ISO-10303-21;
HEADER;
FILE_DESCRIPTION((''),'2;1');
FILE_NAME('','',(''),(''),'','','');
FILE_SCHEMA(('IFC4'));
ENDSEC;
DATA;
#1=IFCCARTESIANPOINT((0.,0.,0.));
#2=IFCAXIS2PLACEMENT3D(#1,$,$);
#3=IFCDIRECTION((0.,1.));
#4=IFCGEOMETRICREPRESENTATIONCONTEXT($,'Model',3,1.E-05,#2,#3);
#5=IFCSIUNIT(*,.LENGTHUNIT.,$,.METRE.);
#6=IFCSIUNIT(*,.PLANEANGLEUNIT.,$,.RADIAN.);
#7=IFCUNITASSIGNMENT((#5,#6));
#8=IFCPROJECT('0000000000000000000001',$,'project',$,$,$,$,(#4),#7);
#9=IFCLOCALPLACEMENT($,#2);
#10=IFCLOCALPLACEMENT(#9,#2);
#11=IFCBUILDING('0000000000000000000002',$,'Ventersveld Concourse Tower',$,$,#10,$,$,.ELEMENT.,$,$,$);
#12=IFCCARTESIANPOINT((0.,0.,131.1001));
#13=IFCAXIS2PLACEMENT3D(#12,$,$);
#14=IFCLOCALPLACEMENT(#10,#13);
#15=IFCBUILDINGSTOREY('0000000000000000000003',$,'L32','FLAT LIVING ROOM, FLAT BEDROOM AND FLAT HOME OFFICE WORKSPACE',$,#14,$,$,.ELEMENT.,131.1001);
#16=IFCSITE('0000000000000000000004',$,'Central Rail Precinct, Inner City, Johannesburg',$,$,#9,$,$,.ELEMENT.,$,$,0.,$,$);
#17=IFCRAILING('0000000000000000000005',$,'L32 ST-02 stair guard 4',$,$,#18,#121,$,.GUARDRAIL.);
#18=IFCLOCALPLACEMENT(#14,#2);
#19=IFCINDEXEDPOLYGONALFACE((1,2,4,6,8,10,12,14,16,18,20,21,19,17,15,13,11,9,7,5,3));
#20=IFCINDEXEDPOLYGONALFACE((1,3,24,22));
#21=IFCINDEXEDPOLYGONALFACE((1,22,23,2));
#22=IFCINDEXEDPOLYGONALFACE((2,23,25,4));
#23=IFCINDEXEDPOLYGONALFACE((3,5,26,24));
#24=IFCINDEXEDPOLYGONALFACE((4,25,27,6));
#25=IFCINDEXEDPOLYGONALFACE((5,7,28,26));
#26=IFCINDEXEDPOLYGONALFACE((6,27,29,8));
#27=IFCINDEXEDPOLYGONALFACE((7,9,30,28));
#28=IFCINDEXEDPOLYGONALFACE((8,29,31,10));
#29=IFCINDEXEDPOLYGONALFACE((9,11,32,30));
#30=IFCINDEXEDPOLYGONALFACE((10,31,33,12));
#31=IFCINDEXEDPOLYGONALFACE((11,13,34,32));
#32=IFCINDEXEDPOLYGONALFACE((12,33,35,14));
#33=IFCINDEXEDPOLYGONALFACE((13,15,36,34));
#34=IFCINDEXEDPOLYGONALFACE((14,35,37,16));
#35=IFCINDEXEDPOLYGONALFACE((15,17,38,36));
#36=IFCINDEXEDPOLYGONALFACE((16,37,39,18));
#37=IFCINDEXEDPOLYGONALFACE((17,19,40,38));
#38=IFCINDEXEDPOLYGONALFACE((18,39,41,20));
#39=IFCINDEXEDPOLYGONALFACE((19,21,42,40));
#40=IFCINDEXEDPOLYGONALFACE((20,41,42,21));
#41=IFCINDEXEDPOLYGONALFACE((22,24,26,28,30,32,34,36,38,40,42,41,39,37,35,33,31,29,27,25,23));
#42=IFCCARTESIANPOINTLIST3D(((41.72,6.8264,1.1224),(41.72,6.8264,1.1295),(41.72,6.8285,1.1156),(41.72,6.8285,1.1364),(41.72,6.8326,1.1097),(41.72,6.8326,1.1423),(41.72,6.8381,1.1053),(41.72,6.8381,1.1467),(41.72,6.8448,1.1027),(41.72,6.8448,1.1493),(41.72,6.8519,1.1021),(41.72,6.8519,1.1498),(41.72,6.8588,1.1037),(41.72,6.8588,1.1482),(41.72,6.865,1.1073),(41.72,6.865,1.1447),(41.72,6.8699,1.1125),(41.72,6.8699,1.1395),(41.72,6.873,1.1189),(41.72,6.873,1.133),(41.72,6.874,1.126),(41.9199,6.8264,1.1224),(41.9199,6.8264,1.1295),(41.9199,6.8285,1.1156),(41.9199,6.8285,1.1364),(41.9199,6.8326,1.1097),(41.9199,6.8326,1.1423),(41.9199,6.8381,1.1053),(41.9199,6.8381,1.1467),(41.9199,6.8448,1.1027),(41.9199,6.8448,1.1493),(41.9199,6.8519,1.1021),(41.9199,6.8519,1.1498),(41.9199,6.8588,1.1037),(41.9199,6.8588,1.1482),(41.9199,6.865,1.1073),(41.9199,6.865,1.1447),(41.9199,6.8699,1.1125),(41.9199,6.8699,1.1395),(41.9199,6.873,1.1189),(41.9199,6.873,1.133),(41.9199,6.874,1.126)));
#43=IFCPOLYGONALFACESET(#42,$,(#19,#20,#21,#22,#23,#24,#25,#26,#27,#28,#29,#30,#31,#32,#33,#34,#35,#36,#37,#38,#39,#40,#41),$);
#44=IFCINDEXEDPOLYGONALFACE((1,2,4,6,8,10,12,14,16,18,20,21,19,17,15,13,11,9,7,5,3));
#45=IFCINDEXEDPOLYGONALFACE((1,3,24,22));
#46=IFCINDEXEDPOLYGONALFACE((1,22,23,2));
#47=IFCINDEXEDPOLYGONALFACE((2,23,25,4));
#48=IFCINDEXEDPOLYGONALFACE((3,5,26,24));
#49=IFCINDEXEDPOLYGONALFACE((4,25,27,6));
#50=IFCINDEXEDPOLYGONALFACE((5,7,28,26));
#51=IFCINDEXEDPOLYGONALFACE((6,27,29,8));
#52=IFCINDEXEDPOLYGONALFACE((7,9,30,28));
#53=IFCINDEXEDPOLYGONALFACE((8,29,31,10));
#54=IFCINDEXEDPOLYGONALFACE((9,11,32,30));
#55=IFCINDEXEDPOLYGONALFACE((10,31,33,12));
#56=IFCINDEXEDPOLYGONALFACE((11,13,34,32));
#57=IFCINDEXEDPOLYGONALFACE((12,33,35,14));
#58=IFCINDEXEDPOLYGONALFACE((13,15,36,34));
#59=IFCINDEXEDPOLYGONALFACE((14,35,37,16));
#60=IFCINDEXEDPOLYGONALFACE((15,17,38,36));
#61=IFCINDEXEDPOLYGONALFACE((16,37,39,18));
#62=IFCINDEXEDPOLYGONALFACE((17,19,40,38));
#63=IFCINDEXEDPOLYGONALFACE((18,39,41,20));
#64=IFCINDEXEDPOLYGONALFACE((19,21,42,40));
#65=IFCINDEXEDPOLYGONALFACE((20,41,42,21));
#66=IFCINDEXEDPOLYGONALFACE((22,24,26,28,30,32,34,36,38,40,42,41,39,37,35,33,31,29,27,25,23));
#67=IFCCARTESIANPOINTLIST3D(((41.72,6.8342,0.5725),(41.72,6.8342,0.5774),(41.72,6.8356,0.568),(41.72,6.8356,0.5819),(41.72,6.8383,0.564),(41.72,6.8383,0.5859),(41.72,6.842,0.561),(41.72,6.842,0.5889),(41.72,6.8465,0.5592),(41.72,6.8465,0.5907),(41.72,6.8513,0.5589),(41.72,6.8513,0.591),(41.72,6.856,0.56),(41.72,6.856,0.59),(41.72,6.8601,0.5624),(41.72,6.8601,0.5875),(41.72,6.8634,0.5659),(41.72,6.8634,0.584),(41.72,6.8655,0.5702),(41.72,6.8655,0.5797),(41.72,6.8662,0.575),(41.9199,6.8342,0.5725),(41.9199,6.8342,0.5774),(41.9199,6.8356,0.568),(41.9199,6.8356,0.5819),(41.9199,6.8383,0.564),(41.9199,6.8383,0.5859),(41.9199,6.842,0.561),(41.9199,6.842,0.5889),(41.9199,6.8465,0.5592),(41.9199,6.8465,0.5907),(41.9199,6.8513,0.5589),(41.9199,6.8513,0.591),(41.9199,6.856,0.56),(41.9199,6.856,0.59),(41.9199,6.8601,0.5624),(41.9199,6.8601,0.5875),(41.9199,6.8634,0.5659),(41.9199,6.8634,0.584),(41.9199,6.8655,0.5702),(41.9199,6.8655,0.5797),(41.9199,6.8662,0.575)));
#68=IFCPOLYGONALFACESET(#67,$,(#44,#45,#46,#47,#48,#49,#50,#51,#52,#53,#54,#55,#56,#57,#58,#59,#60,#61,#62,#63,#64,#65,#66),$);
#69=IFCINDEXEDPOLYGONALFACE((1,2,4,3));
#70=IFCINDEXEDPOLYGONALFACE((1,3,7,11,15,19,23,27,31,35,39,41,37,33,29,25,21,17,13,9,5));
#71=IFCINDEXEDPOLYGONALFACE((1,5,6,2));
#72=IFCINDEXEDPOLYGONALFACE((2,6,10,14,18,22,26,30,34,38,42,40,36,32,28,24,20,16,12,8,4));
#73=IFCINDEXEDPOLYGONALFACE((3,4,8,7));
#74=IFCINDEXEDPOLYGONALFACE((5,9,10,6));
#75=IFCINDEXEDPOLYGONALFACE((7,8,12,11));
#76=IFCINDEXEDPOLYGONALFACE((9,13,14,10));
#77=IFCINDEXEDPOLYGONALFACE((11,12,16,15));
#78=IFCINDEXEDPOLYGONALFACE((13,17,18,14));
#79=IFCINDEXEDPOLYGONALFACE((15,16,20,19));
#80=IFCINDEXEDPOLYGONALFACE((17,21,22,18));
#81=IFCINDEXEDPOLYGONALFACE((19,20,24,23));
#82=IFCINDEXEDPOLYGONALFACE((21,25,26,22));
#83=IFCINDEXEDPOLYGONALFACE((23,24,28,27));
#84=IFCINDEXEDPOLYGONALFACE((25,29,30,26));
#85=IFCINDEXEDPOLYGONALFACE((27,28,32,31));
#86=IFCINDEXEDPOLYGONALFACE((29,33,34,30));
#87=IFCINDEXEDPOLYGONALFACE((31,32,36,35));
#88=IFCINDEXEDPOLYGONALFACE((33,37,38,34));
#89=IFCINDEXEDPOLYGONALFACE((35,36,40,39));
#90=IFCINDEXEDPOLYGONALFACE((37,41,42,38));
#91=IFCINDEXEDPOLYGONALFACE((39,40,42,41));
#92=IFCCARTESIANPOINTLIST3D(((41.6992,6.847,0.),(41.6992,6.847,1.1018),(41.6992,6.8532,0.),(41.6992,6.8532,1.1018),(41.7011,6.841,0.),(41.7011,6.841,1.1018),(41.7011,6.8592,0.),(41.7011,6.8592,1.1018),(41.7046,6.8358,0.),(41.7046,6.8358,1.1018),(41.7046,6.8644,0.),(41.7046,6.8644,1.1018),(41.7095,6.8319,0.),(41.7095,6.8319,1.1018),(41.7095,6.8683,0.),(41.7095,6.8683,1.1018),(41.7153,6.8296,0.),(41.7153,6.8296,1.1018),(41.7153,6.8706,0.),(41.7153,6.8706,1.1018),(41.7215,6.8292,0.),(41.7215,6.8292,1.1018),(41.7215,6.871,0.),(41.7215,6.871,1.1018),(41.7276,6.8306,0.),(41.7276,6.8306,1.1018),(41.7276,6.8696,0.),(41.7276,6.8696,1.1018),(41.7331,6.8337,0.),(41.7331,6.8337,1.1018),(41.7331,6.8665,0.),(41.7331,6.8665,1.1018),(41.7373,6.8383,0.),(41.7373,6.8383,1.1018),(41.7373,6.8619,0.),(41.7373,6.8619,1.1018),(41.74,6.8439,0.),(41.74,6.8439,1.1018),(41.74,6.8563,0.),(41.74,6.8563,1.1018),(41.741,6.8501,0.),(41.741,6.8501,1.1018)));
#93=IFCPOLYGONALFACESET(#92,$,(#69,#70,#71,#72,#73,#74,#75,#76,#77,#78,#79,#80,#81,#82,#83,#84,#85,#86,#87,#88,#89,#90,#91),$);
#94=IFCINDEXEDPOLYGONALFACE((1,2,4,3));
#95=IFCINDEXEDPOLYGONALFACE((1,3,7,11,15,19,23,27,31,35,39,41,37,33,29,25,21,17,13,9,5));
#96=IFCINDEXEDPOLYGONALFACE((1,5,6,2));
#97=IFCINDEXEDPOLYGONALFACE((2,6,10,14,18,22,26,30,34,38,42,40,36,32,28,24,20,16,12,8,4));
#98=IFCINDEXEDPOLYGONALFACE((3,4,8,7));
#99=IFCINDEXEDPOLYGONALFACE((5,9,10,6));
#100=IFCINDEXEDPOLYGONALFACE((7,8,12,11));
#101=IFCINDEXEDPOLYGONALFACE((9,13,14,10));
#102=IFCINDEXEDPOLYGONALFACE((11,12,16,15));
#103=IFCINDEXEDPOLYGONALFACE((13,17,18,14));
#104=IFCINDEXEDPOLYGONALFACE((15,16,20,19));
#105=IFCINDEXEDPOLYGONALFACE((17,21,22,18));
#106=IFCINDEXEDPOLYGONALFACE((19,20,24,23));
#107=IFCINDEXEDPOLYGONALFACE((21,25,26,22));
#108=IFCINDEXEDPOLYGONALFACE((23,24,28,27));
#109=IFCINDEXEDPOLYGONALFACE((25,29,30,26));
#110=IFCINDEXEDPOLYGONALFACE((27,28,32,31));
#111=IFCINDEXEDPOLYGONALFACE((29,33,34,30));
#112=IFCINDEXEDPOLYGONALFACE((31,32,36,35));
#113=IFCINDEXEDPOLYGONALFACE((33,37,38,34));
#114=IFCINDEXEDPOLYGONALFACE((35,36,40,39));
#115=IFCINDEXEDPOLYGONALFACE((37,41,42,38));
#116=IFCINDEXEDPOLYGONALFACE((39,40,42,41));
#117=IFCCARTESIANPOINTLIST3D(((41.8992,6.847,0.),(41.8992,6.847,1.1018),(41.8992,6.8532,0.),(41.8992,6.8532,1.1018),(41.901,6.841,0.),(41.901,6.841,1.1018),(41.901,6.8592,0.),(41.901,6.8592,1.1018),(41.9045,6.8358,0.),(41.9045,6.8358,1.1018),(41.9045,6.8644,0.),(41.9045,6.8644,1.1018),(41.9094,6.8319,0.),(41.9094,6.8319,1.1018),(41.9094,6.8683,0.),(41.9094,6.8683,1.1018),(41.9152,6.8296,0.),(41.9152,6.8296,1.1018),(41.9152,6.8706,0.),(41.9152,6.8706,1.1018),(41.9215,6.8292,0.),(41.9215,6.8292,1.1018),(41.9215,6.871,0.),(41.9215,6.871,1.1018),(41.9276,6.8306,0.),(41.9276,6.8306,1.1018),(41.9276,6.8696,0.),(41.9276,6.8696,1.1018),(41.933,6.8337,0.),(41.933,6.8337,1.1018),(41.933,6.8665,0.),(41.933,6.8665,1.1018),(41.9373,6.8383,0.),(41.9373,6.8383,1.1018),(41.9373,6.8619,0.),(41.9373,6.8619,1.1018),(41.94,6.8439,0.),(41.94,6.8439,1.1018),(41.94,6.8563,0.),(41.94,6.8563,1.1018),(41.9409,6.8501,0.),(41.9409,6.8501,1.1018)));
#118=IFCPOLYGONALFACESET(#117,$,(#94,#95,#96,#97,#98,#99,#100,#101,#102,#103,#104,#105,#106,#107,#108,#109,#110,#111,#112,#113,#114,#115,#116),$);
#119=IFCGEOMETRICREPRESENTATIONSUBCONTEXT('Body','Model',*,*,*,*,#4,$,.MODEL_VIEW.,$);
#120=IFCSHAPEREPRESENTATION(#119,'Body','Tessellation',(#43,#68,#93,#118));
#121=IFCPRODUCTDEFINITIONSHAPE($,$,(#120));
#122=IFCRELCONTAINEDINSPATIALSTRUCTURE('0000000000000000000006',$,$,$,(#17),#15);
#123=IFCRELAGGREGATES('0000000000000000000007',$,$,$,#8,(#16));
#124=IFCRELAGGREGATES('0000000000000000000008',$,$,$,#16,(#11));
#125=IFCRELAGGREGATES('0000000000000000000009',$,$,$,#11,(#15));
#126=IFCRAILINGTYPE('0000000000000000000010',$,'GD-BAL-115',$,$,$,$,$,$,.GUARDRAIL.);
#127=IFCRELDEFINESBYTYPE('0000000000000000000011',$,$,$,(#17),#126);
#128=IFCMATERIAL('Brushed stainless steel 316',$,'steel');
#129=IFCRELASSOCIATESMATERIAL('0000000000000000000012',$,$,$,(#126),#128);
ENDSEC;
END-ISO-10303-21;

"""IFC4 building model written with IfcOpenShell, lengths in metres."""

from ifc_helpers import new_model, si_unit, direction, frame, origin, origin_2d, place, context, subcontext, project, spatial, circle, extrude, material, type_object, element, save


model = new_model("IFC4")

# Units and contexts
model_context = context("Model", 3, precision=1e-05, world=origin(), true_north=direction((0.0, 1.0)))
body_context = subcontext(model_context, "Body", "Model", "MODEL_VIEW")
ifc_project = project(units=[si_unit("LENGTHUNIT", "METRE"), si_unit("PLANEANGLEUNIT", "RADIAN")], contexts=[model_context])

# Site, building, storey
site_placement = place(None, origin())
site = spatial("IfcSite", under=ifc_project, at=site_placement, Name="Central Rail Precinct, Inner City, Johannesburg", CompositionType="ELEMENT", RefElevation=0.0)
building_placement = place(site_placement, origin())
building = spatial("IfcBuilding", under=site, at=building_placement, Name="Ventersveld Concourse Tower", CompositionType="ELEMENT")
storey_placement = place(building_placement, frame((0.0, 0.0, 131.1001)))
storey = spatial("IfcBuildingStorey", under=building, at=storey_placement, Name="L32", Description="FLAT LIVING ROOM, FLAT BEDROOM AND FLAT HOME OFFICE WORKSPACE", CompositionType="ELEMENT", Elevation=131.1001)

# Shared definitions
ifc_material_1 = material(Name="Brushed stainless steel 316", Category="steel")

# Railing
railing_type_1 = type_object("IfcRailingType", Name="GD-BAL-115", PredefinedType="GUARDRAIL", material=ifc_material_1)
railing_1_placement = place(storey_placement, frame((41.72, 6.8501, 0.0)))
element("IfcRailing", 1, at=railing_1_placement, inside=storey, type_object=railing_type_1, Name="L32 ST-02 stair guard 4", PredefinedType="GUARDRAIL", context=body_context, shape_type="SweptSolid", body=[
    extrude(circle(Radius=0.0239, at=origin_2d()), frame((0.0, 0.0, 1.126), z_axis=(1.0, 0.0, 0.0), x_axis=(0.0, 1.0, 0.0)), (0.0, 0.0, 1.0), 0.2),
    extrude(circle(Radius=0.0161, at=origin_2d()), frame((0.0, 0.0, 0.575), z_axis=(1.0, 0.0, 0.0), x_axis=(0.0, 1.0, 0.0)), (0.0, 0.0, 1.0), 0.2),
    extrude(circle(Radius=0.021, at=origin_2d()), origin(), (0.0, 0.0, 1.0), 1.1018),
    extrude(circle(Radius=0.021, at=origin_2d()), frame((0.2, 0.0, 0.0)), (0.0, 0.0, 1.0), 1.1018),
])

save(model, "model.ifc")
